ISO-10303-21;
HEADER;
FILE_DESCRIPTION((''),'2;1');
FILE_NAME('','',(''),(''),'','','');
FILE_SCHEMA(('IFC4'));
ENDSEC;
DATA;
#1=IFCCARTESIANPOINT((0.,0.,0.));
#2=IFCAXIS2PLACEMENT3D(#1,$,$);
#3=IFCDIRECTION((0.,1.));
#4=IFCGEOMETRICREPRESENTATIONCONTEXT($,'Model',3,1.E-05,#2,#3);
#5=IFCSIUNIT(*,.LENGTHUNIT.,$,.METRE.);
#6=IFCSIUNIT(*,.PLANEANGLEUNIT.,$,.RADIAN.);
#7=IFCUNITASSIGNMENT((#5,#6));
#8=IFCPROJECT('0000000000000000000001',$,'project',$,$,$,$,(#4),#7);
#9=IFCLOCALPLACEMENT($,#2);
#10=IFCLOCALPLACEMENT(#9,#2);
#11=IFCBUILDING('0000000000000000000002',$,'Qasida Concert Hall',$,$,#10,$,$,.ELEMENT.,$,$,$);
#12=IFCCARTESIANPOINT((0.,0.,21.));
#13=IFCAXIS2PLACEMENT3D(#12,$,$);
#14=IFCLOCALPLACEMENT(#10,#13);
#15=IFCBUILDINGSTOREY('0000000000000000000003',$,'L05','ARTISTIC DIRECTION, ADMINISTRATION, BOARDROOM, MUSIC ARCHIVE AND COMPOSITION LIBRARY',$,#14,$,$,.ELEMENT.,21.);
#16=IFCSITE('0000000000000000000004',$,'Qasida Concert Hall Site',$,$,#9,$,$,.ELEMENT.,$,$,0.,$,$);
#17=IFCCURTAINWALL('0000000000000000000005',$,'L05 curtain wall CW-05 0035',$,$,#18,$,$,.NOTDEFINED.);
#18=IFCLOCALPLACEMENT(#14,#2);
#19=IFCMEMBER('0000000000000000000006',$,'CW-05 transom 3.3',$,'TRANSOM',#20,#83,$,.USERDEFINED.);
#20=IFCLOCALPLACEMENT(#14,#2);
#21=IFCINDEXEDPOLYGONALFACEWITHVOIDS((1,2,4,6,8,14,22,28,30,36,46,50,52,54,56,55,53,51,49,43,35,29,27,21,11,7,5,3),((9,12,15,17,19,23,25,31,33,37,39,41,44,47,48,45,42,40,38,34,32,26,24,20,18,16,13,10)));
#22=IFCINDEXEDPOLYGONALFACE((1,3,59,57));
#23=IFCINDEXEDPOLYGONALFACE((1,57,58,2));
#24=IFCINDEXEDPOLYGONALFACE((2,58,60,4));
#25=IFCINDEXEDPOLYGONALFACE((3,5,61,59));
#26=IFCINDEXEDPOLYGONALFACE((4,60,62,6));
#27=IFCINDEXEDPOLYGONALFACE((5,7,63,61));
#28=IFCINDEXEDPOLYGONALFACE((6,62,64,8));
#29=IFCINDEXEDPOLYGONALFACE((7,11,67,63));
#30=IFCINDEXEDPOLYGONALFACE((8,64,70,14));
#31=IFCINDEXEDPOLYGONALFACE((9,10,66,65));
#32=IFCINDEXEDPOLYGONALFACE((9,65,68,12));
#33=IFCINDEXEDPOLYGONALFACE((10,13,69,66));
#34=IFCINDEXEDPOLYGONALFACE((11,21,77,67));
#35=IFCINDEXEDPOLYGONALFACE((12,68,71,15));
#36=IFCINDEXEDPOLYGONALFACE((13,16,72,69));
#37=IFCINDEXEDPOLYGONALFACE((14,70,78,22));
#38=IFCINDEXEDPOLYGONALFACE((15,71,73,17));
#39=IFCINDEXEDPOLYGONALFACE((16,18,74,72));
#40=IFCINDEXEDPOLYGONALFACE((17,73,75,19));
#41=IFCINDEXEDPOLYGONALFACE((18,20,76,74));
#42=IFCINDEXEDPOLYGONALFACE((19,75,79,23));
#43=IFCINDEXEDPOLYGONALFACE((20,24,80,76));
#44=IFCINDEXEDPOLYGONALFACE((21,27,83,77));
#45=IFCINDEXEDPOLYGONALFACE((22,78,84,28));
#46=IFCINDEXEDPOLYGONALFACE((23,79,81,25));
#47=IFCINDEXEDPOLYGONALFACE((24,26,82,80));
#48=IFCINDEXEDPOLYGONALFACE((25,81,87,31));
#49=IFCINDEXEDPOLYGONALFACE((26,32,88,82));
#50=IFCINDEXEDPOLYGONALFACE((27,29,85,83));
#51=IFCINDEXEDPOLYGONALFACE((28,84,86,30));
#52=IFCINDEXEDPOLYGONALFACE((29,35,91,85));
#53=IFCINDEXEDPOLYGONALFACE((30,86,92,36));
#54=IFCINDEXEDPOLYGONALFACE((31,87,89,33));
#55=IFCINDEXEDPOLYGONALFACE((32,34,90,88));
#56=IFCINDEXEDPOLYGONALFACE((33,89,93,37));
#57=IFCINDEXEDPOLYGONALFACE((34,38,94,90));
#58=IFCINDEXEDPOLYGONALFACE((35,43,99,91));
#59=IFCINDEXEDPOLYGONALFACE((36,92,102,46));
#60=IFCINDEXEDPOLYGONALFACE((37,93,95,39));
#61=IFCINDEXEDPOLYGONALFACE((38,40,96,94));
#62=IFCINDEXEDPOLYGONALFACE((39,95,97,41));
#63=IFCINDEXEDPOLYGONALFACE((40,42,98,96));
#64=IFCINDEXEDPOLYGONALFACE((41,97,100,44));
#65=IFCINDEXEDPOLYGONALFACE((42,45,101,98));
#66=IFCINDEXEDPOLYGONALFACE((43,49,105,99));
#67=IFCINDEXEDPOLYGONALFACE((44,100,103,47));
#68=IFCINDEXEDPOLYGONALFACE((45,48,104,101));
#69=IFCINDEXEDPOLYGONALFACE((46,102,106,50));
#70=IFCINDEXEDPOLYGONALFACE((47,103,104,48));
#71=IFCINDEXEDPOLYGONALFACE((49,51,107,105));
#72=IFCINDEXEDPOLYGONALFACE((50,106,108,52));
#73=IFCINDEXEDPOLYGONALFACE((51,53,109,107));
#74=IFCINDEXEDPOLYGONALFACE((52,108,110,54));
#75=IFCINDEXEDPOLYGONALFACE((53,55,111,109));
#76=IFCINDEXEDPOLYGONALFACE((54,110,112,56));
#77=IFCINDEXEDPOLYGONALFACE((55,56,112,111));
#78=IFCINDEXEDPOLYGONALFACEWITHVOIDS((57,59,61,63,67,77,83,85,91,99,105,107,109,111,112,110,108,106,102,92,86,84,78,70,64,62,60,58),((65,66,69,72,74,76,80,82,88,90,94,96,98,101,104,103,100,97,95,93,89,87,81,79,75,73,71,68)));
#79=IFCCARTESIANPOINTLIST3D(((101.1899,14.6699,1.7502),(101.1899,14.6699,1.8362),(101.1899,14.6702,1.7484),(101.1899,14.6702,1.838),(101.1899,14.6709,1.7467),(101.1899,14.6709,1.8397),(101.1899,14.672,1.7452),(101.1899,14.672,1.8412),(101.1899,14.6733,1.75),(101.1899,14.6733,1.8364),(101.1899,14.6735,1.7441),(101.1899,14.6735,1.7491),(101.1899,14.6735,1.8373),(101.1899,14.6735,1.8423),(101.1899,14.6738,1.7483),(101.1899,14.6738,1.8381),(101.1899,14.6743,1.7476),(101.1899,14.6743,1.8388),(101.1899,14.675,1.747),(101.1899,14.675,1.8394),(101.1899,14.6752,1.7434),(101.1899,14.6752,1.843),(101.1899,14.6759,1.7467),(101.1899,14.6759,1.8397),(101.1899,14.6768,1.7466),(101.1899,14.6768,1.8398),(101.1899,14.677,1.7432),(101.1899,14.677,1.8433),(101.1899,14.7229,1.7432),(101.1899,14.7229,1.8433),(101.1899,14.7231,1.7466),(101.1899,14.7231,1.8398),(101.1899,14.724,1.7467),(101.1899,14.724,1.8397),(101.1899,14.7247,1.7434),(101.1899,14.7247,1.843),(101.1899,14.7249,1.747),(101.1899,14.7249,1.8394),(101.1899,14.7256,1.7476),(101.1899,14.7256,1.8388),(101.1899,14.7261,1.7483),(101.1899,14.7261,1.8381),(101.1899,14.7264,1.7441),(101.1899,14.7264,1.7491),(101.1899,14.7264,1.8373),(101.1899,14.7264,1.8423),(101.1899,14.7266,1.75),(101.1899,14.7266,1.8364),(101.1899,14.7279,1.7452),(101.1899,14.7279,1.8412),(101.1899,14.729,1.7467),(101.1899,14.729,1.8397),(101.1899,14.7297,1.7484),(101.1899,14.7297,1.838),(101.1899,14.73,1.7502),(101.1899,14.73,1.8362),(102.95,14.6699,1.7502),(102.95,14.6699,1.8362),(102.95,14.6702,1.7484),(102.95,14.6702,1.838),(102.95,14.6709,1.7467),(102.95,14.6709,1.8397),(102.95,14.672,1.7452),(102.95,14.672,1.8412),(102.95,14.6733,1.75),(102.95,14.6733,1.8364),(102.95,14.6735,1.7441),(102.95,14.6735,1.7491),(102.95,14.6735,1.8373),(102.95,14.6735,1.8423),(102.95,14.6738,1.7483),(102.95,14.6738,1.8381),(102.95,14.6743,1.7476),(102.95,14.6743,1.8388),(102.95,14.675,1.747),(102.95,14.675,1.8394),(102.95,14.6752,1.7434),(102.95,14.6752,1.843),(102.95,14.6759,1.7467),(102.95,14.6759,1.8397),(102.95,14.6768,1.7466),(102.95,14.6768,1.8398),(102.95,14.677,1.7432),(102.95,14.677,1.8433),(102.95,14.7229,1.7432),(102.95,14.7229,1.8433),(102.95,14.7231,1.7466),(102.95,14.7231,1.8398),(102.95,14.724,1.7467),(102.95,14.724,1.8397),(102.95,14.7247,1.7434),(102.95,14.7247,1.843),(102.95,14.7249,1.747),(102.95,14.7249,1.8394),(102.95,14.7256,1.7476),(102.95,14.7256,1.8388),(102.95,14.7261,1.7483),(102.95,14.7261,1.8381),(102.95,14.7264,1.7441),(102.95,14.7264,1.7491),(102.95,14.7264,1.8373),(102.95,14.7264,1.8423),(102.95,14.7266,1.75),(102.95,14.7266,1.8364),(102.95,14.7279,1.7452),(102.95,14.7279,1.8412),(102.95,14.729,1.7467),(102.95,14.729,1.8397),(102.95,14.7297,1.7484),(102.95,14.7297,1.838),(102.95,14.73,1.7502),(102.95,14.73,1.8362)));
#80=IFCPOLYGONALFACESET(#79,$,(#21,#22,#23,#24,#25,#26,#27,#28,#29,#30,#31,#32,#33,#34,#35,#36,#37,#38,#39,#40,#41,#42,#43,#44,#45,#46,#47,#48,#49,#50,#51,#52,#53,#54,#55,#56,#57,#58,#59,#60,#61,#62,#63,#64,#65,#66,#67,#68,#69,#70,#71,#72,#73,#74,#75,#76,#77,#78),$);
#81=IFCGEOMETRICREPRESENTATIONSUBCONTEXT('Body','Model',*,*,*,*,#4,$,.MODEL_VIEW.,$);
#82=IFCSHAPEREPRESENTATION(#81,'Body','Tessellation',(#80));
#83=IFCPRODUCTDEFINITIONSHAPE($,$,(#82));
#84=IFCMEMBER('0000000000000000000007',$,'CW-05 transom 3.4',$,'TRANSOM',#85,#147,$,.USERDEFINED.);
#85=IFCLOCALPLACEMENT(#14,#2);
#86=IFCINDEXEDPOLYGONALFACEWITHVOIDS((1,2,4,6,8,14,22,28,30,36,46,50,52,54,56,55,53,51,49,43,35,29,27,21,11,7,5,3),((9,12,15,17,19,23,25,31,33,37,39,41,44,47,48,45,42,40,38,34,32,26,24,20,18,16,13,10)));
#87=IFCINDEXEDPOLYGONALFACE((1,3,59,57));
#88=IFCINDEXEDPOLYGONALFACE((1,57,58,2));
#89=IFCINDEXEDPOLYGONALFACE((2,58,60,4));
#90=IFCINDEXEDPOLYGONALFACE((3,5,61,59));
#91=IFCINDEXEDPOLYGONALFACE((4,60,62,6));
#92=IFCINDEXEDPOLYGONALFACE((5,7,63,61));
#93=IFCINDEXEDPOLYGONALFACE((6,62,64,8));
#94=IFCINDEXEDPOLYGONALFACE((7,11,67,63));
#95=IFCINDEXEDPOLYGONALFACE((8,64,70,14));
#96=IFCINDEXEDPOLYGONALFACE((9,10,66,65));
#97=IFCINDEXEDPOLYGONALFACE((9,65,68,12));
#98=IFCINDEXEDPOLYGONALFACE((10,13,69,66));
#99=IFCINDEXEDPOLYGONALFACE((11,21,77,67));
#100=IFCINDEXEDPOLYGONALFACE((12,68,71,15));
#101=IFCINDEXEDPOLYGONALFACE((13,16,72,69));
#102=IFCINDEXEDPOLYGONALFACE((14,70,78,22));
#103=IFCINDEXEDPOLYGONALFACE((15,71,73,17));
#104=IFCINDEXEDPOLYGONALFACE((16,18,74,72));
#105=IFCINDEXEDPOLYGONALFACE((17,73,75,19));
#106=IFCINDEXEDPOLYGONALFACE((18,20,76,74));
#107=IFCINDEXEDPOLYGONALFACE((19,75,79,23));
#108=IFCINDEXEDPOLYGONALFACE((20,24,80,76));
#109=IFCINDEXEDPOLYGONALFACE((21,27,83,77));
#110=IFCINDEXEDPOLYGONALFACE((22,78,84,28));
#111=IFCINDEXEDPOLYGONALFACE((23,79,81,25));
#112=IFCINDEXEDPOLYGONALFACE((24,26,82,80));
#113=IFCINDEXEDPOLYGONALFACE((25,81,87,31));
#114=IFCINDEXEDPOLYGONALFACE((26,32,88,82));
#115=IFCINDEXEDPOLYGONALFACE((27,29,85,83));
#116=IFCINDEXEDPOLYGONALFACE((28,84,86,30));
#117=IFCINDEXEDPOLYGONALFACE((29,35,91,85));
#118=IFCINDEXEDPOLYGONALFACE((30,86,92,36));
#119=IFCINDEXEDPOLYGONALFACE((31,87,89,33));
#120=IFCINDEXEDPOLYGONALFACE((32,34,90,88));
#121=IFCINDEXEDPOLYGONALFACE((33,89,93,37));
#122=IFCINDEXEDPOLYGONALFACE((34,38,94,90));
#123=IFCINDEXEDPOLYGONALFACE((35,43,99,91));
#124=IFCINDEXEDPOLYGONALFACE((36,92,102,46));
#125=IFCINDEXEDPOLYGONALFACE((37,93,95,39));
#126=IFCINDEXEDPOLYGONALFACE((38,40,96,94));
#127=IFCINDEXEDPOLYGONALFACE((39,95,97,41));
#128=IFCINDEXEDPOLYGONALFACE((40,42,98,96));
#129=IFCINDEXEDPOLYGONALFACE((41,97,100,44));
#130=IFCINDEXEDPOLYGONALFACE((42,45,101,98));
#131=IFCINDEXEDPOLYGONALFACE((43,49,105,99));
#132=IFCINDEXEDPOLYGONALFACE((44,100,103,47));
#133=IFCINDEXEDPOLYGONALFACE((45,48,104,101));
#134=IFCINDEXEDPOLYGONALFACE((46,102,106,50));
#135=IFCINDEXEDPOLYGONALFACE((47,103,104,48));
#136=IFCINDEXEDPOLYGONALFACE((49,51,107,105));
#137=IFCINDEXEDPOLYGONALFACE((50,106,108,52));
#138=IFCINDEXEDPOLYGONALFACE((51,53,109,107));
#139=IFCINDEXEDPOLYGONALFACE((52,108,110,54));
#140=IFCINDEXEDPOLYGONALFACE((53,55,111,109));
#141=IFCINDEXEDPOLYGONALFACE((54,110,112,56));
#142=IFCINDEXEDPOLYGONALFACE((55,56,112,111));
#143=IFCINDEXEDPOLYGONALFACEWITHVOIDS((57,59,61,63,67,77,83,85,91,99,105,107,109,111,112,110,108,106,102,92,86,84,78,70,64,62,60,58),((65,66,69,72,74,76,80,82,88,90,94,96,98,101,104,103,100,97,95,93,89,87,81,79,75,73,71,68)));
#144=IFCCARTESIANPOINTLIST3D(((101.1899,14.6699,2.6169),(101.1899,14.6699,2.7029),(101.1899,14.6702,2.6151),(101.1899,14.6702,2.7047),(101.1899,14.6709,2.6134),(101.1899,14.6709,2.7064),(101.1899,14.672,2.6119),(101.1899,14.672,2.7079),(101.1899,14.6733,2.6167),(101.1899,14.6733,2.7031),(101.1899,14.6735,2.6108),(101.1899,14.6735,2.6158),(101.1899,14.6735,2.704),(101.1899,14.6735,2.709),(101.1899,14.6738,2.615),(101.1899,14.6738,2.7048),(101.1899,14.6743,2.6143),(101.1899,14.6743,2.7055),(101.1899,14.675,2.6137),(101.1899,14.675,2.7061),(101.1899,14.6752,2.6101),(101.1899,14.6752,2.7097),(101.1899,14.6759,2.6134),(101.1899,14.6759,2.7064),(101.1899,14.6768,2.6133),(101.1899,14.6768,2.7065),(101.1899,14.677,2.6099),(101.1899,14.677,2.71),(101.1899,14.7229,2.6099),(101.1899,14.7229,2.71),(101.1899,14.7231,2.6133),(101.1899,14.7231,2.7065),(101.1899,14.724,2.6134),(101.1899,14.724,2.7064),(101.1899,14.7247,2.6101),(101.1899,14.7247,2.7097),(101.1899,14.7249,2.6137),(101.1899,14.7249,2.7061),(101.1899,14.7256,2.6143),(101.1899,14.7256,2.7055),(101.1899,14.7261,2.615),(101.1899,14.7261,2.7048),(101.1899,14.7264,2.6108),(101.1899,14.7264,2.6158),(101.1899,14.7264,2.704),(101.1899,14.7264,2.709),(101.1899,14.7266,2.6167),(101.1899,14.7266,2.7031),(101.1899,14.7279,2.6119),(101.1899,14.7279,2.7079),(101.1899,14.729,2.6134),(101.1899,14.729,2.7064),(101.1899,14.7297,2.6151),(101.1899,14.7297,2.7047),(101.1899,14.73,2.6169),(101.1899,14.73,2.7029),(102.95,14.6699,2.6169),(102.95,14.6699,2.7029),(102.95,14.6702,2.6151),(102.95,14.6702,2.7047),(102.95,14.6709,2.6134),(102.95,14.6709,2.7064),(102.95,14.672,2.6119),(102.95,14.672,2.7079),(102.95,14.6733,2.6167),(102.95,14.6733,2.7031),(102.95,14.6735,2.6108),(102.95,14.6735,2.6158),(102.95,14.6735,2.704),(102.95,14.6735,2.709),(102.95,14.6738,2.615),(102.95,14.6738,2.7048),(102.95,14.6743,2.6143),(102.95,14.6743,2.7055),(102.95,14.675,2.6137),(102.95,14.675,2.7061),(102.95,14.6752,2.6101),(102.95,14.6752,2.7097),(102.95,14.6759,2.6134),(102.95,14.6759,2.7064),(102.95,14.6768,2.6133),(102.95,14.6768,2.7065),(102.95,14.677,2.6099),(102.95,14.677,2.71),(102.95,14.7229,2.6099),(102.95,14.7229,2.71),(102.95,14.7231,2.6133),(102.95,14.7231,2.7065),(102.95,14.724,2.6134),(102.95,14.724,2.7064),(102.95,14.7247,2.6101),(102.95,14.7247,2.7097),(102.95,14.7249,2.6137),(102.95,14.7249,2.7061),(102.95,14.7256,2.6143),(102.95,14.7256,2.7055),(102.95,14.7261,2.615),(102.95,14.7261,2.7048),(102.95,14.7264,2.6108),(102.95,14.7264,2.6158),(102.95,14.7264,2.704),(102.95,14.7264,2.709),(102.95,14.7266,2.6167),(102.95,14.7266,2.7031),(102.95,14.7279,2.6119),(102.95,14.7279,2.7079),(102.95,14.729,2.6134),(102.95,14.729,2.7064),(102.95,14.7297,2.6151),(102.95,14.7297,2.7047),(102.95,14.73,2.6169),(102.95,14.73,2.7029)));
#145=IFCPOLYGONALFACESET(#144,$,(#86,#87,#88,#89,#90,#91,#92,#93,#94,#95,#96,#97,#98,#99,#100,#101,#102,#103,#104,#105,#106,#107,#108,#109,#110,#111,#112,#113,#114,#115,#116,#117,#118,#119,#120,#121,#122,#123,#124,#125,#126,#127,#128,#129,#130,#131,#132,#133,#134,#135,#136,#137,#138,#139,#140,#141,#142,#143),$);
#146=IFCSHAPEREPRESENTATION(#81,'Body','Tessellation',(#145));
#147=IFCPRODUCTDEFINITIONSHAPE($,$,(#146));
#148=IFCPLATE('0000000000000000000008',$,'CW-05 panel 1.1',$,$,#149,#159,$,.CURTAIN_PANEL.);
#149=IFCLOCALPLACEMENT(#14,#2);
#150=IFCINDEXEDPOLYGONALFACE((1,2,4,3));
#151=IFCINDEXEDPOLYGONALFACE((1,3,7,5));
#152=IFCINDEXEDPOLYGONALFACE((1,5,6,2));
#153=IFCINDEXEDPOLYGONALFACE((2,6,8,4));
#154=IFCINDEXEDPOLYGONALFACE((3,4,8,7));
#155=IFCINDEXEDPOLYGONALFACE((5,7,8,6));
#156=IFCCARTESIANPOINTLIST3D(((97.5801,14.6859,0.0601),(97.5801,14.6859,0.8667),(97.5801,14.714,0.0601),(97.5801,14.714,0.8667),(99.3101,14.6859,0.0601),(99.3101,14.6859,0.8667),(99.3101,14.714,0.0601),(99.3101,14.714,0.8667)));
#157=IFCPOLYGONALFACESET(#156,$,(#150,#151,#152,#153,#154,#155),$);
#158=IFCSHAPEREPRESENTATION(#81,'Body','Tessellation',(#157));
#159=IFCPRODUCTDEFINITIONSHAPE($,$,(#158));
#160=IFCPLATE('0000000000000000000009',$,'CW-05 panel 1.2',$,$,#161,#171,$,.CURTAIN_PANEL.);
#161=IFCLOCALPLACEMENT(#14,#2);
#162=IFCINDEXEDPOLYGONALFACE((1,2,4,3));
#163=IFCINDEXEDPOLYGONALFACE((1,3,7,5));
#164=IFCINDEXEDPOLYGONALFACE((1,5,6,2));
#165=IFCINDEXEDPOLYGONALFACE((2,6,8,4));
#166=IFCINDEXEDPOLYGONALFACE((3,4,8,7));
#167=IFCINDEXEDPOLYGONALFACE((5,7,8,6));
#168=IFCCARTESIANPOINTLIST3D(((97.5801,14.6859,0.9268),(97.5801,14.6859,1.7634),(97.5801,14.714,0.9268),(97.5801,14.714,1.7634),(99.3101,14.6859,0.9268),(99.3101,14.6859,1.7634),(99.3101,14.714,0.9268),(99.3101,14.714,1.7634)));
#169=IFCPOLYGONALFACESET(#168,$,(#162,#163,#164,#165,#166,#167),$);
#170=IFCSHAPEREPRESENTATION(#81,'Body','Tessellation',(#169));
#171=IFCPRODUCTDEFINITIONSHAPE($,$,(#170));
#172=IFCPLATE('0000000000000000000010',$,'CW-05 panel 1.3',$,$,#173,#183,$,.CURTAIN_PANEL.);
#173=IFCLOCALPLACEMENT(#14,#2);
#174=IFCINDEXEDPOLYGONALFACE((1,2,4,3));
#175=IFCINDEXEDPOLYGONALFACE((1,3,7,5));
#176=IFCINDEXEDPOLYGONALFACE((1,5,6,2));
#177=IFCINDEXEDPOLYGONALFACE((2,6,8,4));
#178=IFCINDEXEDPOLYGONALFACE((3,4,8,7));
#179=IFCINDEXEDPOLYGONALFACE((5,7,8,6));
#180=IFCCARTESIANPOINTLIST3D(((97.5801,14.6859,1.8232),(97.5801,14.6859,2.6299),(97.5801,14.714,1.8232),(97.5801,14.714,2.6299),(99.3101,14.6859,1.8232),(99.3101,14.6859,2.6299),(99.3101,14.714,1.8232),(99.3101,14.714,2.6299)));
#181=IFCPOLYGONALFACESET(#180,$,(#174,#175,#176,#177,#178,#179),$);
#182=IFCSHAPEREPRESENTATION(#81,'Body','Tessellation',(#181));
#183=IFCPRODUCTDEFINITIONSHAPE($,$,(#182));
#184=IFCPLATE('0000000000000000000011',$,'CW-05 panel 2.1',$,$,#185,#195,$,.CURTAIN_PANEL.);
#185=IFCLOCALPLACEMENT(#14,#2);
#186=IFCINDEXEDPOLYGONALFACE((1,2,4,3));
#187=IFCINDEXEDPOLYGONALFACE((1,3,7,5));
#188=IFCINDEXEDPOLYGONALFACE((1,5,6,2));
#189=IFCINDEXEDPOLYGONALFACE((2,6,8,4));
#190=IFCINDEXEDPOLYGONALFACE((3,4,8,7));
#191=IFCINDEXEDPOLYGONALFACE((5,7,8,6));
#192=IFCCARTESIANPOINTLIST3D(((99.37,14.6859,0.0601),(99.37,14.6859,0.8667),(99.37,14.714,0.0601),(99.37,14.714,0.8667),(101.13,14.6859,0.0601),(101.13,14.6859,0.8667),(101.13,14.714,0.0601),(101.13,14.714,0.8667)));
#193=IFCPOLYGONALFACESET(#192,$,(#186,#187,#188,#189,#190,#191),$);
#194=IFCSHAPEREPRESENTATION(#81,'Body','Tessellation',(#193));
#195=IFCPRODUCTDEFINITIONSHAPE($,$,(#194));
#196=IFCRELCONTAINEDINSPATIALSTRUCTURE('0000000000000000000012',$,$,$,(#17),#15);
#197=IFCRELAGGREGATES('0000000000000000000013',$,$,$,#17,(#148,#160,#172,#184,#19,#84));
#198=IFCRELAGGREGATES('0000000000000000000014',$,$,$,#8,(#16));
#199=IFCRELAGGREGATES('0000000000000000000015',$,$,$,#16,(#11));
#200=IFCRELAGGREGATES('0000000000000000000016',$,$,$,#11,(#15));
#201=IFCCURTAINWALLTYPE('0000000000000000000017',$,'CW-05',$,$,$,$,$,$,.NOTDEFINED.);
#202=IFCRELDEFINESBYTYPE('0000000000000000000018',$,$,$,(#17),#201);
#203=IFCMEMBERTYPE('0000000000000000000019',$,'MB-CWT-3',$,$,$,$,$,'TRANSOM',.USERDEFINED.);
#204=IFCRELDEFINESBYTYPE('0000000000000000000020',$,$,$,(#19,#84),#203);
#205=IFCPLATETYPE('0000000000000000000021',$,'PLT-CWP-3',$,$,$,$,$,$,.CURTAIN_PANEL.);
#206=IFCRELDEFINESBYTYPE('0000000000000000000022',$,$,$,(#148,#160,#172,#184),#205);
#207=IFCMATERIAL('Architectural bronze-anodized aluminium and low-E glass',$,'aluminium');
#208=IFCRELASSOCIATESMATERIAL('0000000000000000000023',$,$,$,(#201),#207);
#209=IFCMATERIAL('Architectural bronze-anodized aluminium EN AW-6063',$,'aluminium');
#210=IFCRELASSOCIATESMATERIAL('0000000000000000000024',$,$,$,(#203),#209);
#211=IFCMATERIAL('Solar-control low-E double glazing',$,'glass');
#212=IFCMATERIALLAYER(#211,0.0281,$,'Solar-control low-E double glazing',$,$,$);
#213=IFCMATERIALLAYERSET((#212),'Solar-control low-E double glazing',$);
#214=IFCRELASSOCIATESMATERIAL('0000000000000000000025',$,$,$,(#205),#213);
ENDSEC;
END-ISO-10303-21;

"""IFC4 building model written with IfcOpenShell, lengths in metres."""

from ifc_helpers import new_model, si_unit, direction, frame, origin, origin_2d, place, context, subcontext, project, spatial, rectangle, hollow_rectangle, extrude, material, layer, layer_set, material_profile, profile_set, type_object, element, aggregate, save


model = new_model("IFC4")

# Units and contexts
model_context = context("Model", 3, precision=1e-05, world=origin(), true_north=direction((0.0, 1.0)))
body_context = subcontext(model_context, "Body", "Model", "MODEL_VIEW")
ifc_project = project(units=[si_unit("LENGTHUNIT", "METRE"), si_unit("PLANEANGLEUNIT", "RADIAN")], contexts=[model_context])

# Site, building, storey
site_placement = place(None, origin())
site = spatial("IfcSite", under=ifc_project, at=site_placement, Name="Qasida Concert Hall Site", CompositionType="ELEMENT", RefElevation=0.0)
building_placement = place(site_placement, origin())
building = spatial("IfcBuilding", under=site, at=building_placement, Name="Qasida Concert Hall", CompositionType="ELEMENT")
storey_placement = place(building_placement, frame((0.0, 0.0, 21.0)))
storey = spatial("IfcBuildingStorey", under=building, at=storey_placement, Name="L05", Description="ARTISTIC DIRECTION, ADMINISTRATION, BOARDROOM, MUSIC ARCHIVE AND COMPOSITION LIBRARY", CompositionType="ELEMENT", Elevation=21.0)

# Curtain wall, members, plates
ifc_material_1 = material(Name="Architectural bronze-anodized aluminium and low-E glass", Category="aluminium")
curtain_wall_type = type_object("IfcCurtainWallType", Name="CW-05", PredefinedType="NOTDEFINED", material=ifc_material_1)
curtain_wall_placement = place(storey_placement, origin())
curtain_wall = element("IfcCurtainWall", 1, at=curtain_wall_placement, inside=storey, type_object=curtain_wall_type, Name="L05 curtain wall CW-05 0035", PredefinedType="NOTDEFINED")
ifc_material_2 = material(Name="Architectural bronze-anodized aluminium EN AW-6063", Category="aluminium")
ifc_material_profile_1 = material_profile(ifc_material_2, hollow_rectangle(XDim=0.0601, YDim=0.1001, WallThickness=0.0034, InnerFilletRadius=0.0034, OuterFilletRadius=0.0071, at=origin_2d()), Name="CWT 100x60x3.5")
ifc_profile_set_1 = profile_set([ifc_material_profile_1], Name="Architectural bronze-anodized aluminium EN AW-6063")
member_type_1 = type_object("IfcMemberType", Name="MB-CWT-3", ElementType="TRANSOM", PredefinedType="USERDEFINED", material=ifc_profile_set_1)
member_1_placement = place(storey_placement, frame((101.1899, 14.7, 1.7932), z_axis=(1.0, 0.0, 0.0), x_axis=(0.0, 1.0, 0.0)))
member_1 = element("IfcMember", 2, at=member_1_placement, type_object=member_type_1, Name="CW-05 transom 3.3", ObjectType="TRANSOM", PredefinedType="USERDEFINED", context=body_context, shape_type="SweptSolid", body=[
    extrude(hollow_rectangle(XDim=0.0601, YDim=0.1001, WallThickness=0.0034, InnerFilletRadius=0.0034, OuterFilletRadius=0.0071, at=origin_2d()), origin(), (0.0, 0.0, 1.0), 1.76),
])
member_2_placement = place(storey_placement, frame((101.1899, 14.7, 2.6599), z_axis=(1.0, 0.0, 0.0), x_axis=(0.0, 1.0, 0.0)))
member_2 = element("IfcMember", 3, at=member_2_placement, type_object=member_type_1, Name="CW-05 transom 3.4", ObjectType="TRANSOM", PredefinedType="USERDEFINED", context=body_context, shape_type="SweptSolid", body=[
    extrude(hollow_rectangle(XDim=0.0601, YDim=0.1001, WallThickness=0.0034, InnerFilletRadius=0.0034, OuterFilletRadius=0.0071, at=origin_2d()), origin(), (0.0, 0.0, 1.0), 1.76),
])
ifc_material_3 = material(Name="Solar-control low-E double glazing", Category="glass")
ifc_layer_1 = layer(ifc_material_3, 0.0281, Name="Solar-control low-E double glazing")
ifc_layer_set_1 = layer_set([ifc_layer_1], Name="Solar-control low-E double glazing")
plate_type = type_object("IfcPlateType", Name="PLT-CWP-3", PredefinedType="CURTAIN_PANEL", material=ifc_layer_set_1)
plate_1_placement = place(storey_placement, frame((98.4451, 14.7, 0.0601), z_axis=(0.0, 0.0, 1.0), x_axis=(1.0, 0.0, 0.0)))
plate_1 = element("IfcPlate", 4, at=plate_1_placement, type_object=plate_type, Name="CW-05 panel 1.1", PredefinedType="CURTAIN_PANEL", context=body_context, shape_type="SweptSolid", body=[
    extrude(rectangle(XDim=1.73, YDim=0.0281, at=origin_2d()), origin(), (0.0, 0.0, 1.0), 0.8066),
])
plate_2_placement = place(storey_placement, frame((98.4451, 14.7, 0.9268), z_axis=(0.0, 0.0, 1.0), x_axis=(1.0, 0.0, 0.0)))
plate_2 = element("IfcPlate", 5, at=plate_2_placement, type_object=plate_type, Name="CW-05 panel 1.2", PredefinedType="CURTAIN_PANEL", context=body_context, shape_type="SweptSolid", body=[
    extrude(rectangle(XDim=1.73, YDim=0.0281, at=origin_2d()), origin(), (0.0, 0.0, 1.0), 0.8367),
])
plate_3_placement = place(storey_placement, frame((98.4451, 14.7, 1.8232), z_axis=(0.0, 0.0, 1.0), x_axis=(1.0, 0.0, 0.0)))
plate_3 = element("IfcPlate", 6, at=plate_3_placement, type_object=plate_type, Name="CW-05 panel 1.3", PredefinedType="CURTAIN_PANEL", context=body_context, shape_type="SweptSolid", body=[
    extrude(rectangle(XDim=1.73, YDim=0.0281, at=origin_2d()), origin(), (0.0, 0.0, 1.0), 0.8066),
])
plate_4_placement = place(storey_placement, frame((100.25, 14.7, 0.0601), z_axis=(0.0, 0.0, 1.0), x_axis=(1.0, 0.0, 0.0)))
plate_4 = element("IfcPlate", 7, at=plate_4_placement, type_object=plate_type, Name="CW-05 panel 2.1", PredefinedType="CURTAIN_PANEL", context=body_context, shape_type="SweptSolid", body=[
    extrude(rectangle(XDim=1.76, YDim=0.0281, at=origin_2d()), origin(), (0.0, 0.0, 1.0), 0.8066),
])
aggregate(curtain_wall, [plate_1, plate_2, plate_3, plate_4, member_1, member_2])

save(model, "model.ifc")
